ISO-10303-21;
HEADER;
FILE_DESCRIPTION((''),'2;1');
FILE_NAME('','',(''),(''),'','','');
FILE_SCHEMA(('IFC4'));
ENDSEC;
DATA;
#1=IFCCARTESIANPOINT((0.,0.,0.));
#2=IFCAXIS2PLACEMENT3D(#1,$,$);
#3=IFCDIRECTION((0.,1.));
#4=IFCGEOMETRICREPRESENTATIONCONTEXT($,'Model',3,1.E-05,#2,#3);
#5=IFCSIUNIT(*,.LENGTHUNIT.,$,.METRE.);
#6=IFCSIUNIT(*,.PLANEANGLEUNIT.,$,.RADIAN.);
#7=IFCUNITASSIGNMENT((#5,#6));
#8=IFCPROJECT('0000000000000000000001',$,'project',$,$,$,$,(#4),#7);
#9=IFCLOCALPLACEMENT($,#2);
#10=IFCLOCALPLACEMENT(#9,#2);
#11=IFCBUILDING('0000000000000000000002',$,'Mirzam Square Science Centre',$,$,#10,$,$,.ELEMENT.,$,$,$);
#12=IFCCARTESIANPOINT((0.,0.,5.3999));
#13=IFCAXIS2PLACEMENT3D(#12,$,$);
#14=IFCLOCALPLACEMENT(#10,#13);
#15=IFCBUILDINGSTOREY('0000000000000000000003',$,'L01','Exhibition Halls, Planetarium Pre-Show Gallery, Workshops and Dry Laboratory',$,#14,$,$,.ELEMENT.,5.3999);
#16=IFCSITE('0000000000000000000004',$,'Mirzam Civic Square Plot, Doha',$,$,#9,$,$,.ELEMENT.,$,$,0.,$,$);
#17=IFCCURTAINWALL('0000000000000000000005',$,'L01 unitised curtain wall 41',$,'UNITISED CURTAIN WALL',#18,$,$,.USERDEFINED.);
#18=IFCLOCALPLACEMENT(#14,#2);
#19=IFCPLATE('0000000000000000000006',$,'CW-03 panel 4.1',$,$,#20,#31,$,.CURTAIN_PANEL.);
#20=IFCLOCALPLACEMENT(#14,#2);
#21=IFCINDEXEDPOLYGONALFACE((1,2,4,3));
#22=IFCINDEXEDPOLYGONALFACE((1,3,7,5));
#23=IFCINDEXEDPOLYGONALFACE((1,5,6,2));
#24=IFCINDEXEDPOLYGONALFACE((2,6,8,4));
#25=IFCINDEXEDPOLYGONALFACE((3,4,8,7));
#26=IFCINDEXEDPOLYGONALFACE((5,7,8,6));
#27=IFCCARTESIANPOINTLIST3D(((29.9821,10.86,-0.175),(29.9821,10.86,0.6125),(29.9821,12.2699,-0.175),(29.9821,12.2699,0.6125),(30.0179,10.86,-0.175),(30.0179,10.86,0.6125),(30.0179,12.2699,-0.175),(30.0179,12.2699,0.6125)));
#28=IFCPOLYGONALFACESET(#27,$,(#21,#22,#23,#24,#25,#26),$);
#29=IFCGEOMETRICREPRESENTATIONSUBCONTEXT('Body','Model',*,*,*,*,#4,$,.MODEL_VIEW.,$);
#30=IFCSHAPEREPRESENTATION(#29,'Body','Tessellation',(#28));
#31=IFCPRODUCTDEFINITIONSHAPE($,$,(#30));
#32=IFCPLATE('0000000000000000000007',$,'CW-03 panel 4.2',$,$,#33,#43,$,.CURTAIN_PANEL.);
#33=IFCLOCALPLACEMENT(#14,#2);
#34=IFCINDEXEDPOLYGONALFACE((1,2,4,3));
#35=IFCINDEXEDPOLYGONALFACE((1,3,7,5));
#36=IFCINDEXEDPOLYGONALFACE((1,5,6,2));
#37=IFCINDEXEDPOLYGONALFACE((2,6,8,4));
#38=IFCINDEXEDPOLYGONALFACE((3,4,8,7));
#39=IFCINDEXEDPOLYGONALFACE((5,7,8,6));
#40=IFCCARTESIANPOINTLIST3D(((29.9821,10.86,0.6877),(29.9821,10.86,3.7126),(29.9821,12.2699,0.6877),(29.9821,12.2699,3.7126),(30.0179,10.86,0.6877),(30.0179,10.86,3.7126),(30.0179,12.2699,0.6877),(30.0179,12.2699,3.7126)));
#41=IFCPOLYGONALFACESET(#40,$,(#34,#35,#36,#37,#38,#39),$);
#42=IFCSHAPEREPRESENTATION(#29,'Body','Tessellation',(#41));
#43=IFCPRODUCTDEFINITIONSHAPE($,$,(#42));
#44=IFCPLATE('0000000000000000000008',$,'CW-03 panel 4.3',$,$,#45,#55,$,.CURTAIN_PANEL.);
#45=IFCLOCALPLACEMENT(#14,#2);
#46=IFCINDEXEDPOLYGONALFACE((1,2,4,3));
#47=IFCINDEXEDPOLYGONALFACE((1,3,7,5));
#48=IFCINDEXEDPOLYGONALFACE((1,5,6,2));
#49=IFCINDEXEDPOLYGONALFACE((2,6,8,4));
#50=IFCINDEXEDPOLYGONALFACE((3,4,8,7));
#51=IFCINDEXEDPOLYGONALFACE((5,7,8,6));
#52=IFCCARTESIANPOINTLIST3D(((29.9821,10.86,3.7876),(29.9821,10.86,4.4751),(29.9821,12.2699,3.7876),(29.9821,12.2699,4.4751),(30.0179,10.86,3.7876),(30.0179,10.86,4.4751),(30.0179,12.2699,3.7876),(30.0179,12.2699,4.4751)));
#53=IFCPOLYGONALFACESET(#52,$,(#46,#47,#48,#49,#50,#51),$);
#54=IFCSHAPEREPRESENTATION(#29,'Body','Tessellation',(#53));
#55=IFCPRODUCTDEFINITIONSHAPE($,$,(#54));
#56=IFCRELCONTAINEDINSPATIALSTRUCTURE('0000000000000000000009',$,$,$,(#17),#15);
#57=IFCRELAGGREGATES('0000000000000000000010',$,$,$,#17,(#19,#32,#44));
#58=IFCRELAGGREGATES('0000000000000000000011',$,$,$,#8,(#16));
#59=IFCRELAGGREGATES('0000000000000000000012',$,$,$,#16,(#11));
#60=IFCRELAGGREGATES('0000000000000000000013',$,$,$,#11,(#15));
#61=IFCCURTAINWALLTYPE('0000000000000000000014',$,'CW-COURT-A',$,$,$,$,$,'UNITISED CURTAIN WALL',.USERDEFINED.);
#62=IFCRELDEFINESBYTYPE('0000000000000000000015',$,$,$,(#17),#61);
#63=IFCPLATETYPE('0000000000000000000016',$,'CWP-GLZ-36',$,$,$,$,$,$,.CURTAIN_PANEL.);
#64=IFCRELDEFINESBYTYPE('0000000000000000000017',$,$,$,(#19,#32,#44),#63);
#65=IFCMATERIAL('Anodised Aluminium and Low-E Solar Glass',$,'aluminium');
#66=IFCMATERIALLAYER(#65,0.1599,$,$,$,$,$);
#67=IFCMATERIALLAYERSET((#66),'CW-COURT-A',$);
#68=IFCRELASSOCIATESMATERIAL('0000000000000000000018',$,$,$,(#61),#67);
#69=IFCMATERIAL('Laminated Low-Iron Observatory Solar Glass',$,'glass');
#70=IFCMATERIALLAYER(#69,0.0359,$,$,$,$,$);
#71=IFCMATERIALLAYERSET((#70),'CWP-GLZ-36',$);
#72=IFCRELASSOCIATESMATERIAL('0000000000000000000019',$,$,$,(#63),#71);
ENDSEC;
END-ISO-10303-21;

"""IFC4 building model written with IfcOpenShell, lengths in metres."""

from ifc_helpers import new_model, si_unit, direction, frame, origin, origin_2d, place, context, subcontext, project, spatial, rectangle, extrude, material, layer, layer_set, type_object, element, aggregate, save


model = new_model("IFC4")

# Units and contexts
model_context = context("Model", 3, precision=1e-05, world=origin(), true_north=direction((0.0, 1.0)))
body_context = subcontext(model_context, "Body", "Model", "MODEL_VIEW")
ifc_project = project(units=[si_unit("LENGTHUNIT", "METRE"), si_unit("PLANEANGLEUNIT", "RADIAN")], contexts=[model_context])

# Site, building, storey
site_placement = place(None, origin())
site = spatial("IfcSite", under=ifc_project, at=site_placement, Name="Mirzam Civic Square Plot, Doha", CompositionType="ELEMENT", RefElevation=0.0)
building_placement = place(site_placement, origin())
building = spatial("IfcBuilding", under=site, at=building_placement, Name="Mirzam Square Science Centre", CompositionType="ELEMENT")
storey_placement = place(building_placement, frame((0.0, 0.0, 5.3999)))
storey = spatial("IfcBuildingStorey", under=building, at=storey_placement, Name="L01", Description="Exhibition Halls, Planetarium Pre-Show Gallery, Workshops and Dry Laboratory", CompositionType="ELEMENT", Elevation=5.3999)

# Curtain wall
ifc_material_1 = material(Name="Anodised Aluminium and Low-E Solar Glass", Category="aluminium")
ifc_layer_1 = layer(ifc_material_1, 0.1599)
ifc_layer_set_1 = layer_set([ifc_layer_1], Name="CW-COURT-A")
curtain_wall_type_1 = type_object("IfcCurtainWallType", Name="CW-COURT-A", ElementType="UNITISED CURTAIN WALL", PredefinedType="USERDEFINED", material=ifc_layer_set_1)
curtain_wall_1_placement = place(storey_placement, origin())
curtain_wall_1 = element("IfcCurtainWall", 1, at=curtain_wall_1_placement, inside=storey, type_object=curtain_wall_type_1, Name="L01 unitised curtain wall 41", ObjectType="UNITISED CURTAIN WALL", PredefinedType="USERDEFINED")

# Plates
ifc_material_2 = material(Name="Laminated Low-Iron Observatory Solar Glass", Category="glass")
ifc_layer_2 = layer(ifc_material_2, 0.0359)
ifc_layer_set_2 = layer_set([ifc_layer_2], Name="CWP-GLZ-36")
plate_type_1 = type_object("IfcPlateType", Name="CWP-GLZ-36", PredefinedType="CURTAIN_PANEL", material=ifc_layer_set_2)
plate_1_placement = place(storey_placement, frame((30.0, 11.5649, -0.175), z_axis=(0.0, 0.0, 1.0), x_axis=(0.0, 1.0, 0.0)))
plate_1 = element("IfcPlate", 2, at=plate_1_placement, type_object=plate_type_1, Name="CW-03 panel 4.1", PredefinedType="CURTAIN_PANEL", context=body_context, shape_type="SweptSolid", body=[
    extrude(rectangle(XDim=1.4099, YDim=0.0359, at=origin_2d()), origin(), (0.0, 0.0, 1.0), 0.7876),
])
plate_2_placement = place(storey_placement, frame((30.0, 11.5649, 0.6877), z_axis=(0.0, 0.0, 1.0), x_axis=(0.0, 1.0, 0.0)))
plate_2 = element("IfcPlate", 3, at=plate_2_placement, type_object=plate_type_1, Name="CW-03 panel 4.2", PredefinedType="CURTAIN_PANEL", context=body_context, shape_type="SweptSolid", body=[
    extrude(rectangle(XDim=1.4099, YDim=0.0359, at=origin_2d()), origin(), (0.0, 0.0, 1.0), 3.0249),
])
plate_3_placement = place(storey_placement, frame((30.0, 11.5649, 3.7876), z_axis=(0.0, 0.0, 1.0), x_axis=(0.0, 1.0, 0.0)))
plate_3 = element("IfcPlate", 4, at=plate_3_placement, type_object=plate_type_1, Name="CW-03 panel 4.3", PredefinedType="CURTAIN_PANEL", context=body_context, shape_type="SweptSolid", body=[
    extrude(rectangle(XDim=1.4099, YDim=0.0359, at=origin_2d()), origin(), (0.0, 0.0, 1.0), 0.6875),
])
aggregate(curtain_wall_1, [plate_1, plate_2, plate_3])

save(model, "model.ifc")
